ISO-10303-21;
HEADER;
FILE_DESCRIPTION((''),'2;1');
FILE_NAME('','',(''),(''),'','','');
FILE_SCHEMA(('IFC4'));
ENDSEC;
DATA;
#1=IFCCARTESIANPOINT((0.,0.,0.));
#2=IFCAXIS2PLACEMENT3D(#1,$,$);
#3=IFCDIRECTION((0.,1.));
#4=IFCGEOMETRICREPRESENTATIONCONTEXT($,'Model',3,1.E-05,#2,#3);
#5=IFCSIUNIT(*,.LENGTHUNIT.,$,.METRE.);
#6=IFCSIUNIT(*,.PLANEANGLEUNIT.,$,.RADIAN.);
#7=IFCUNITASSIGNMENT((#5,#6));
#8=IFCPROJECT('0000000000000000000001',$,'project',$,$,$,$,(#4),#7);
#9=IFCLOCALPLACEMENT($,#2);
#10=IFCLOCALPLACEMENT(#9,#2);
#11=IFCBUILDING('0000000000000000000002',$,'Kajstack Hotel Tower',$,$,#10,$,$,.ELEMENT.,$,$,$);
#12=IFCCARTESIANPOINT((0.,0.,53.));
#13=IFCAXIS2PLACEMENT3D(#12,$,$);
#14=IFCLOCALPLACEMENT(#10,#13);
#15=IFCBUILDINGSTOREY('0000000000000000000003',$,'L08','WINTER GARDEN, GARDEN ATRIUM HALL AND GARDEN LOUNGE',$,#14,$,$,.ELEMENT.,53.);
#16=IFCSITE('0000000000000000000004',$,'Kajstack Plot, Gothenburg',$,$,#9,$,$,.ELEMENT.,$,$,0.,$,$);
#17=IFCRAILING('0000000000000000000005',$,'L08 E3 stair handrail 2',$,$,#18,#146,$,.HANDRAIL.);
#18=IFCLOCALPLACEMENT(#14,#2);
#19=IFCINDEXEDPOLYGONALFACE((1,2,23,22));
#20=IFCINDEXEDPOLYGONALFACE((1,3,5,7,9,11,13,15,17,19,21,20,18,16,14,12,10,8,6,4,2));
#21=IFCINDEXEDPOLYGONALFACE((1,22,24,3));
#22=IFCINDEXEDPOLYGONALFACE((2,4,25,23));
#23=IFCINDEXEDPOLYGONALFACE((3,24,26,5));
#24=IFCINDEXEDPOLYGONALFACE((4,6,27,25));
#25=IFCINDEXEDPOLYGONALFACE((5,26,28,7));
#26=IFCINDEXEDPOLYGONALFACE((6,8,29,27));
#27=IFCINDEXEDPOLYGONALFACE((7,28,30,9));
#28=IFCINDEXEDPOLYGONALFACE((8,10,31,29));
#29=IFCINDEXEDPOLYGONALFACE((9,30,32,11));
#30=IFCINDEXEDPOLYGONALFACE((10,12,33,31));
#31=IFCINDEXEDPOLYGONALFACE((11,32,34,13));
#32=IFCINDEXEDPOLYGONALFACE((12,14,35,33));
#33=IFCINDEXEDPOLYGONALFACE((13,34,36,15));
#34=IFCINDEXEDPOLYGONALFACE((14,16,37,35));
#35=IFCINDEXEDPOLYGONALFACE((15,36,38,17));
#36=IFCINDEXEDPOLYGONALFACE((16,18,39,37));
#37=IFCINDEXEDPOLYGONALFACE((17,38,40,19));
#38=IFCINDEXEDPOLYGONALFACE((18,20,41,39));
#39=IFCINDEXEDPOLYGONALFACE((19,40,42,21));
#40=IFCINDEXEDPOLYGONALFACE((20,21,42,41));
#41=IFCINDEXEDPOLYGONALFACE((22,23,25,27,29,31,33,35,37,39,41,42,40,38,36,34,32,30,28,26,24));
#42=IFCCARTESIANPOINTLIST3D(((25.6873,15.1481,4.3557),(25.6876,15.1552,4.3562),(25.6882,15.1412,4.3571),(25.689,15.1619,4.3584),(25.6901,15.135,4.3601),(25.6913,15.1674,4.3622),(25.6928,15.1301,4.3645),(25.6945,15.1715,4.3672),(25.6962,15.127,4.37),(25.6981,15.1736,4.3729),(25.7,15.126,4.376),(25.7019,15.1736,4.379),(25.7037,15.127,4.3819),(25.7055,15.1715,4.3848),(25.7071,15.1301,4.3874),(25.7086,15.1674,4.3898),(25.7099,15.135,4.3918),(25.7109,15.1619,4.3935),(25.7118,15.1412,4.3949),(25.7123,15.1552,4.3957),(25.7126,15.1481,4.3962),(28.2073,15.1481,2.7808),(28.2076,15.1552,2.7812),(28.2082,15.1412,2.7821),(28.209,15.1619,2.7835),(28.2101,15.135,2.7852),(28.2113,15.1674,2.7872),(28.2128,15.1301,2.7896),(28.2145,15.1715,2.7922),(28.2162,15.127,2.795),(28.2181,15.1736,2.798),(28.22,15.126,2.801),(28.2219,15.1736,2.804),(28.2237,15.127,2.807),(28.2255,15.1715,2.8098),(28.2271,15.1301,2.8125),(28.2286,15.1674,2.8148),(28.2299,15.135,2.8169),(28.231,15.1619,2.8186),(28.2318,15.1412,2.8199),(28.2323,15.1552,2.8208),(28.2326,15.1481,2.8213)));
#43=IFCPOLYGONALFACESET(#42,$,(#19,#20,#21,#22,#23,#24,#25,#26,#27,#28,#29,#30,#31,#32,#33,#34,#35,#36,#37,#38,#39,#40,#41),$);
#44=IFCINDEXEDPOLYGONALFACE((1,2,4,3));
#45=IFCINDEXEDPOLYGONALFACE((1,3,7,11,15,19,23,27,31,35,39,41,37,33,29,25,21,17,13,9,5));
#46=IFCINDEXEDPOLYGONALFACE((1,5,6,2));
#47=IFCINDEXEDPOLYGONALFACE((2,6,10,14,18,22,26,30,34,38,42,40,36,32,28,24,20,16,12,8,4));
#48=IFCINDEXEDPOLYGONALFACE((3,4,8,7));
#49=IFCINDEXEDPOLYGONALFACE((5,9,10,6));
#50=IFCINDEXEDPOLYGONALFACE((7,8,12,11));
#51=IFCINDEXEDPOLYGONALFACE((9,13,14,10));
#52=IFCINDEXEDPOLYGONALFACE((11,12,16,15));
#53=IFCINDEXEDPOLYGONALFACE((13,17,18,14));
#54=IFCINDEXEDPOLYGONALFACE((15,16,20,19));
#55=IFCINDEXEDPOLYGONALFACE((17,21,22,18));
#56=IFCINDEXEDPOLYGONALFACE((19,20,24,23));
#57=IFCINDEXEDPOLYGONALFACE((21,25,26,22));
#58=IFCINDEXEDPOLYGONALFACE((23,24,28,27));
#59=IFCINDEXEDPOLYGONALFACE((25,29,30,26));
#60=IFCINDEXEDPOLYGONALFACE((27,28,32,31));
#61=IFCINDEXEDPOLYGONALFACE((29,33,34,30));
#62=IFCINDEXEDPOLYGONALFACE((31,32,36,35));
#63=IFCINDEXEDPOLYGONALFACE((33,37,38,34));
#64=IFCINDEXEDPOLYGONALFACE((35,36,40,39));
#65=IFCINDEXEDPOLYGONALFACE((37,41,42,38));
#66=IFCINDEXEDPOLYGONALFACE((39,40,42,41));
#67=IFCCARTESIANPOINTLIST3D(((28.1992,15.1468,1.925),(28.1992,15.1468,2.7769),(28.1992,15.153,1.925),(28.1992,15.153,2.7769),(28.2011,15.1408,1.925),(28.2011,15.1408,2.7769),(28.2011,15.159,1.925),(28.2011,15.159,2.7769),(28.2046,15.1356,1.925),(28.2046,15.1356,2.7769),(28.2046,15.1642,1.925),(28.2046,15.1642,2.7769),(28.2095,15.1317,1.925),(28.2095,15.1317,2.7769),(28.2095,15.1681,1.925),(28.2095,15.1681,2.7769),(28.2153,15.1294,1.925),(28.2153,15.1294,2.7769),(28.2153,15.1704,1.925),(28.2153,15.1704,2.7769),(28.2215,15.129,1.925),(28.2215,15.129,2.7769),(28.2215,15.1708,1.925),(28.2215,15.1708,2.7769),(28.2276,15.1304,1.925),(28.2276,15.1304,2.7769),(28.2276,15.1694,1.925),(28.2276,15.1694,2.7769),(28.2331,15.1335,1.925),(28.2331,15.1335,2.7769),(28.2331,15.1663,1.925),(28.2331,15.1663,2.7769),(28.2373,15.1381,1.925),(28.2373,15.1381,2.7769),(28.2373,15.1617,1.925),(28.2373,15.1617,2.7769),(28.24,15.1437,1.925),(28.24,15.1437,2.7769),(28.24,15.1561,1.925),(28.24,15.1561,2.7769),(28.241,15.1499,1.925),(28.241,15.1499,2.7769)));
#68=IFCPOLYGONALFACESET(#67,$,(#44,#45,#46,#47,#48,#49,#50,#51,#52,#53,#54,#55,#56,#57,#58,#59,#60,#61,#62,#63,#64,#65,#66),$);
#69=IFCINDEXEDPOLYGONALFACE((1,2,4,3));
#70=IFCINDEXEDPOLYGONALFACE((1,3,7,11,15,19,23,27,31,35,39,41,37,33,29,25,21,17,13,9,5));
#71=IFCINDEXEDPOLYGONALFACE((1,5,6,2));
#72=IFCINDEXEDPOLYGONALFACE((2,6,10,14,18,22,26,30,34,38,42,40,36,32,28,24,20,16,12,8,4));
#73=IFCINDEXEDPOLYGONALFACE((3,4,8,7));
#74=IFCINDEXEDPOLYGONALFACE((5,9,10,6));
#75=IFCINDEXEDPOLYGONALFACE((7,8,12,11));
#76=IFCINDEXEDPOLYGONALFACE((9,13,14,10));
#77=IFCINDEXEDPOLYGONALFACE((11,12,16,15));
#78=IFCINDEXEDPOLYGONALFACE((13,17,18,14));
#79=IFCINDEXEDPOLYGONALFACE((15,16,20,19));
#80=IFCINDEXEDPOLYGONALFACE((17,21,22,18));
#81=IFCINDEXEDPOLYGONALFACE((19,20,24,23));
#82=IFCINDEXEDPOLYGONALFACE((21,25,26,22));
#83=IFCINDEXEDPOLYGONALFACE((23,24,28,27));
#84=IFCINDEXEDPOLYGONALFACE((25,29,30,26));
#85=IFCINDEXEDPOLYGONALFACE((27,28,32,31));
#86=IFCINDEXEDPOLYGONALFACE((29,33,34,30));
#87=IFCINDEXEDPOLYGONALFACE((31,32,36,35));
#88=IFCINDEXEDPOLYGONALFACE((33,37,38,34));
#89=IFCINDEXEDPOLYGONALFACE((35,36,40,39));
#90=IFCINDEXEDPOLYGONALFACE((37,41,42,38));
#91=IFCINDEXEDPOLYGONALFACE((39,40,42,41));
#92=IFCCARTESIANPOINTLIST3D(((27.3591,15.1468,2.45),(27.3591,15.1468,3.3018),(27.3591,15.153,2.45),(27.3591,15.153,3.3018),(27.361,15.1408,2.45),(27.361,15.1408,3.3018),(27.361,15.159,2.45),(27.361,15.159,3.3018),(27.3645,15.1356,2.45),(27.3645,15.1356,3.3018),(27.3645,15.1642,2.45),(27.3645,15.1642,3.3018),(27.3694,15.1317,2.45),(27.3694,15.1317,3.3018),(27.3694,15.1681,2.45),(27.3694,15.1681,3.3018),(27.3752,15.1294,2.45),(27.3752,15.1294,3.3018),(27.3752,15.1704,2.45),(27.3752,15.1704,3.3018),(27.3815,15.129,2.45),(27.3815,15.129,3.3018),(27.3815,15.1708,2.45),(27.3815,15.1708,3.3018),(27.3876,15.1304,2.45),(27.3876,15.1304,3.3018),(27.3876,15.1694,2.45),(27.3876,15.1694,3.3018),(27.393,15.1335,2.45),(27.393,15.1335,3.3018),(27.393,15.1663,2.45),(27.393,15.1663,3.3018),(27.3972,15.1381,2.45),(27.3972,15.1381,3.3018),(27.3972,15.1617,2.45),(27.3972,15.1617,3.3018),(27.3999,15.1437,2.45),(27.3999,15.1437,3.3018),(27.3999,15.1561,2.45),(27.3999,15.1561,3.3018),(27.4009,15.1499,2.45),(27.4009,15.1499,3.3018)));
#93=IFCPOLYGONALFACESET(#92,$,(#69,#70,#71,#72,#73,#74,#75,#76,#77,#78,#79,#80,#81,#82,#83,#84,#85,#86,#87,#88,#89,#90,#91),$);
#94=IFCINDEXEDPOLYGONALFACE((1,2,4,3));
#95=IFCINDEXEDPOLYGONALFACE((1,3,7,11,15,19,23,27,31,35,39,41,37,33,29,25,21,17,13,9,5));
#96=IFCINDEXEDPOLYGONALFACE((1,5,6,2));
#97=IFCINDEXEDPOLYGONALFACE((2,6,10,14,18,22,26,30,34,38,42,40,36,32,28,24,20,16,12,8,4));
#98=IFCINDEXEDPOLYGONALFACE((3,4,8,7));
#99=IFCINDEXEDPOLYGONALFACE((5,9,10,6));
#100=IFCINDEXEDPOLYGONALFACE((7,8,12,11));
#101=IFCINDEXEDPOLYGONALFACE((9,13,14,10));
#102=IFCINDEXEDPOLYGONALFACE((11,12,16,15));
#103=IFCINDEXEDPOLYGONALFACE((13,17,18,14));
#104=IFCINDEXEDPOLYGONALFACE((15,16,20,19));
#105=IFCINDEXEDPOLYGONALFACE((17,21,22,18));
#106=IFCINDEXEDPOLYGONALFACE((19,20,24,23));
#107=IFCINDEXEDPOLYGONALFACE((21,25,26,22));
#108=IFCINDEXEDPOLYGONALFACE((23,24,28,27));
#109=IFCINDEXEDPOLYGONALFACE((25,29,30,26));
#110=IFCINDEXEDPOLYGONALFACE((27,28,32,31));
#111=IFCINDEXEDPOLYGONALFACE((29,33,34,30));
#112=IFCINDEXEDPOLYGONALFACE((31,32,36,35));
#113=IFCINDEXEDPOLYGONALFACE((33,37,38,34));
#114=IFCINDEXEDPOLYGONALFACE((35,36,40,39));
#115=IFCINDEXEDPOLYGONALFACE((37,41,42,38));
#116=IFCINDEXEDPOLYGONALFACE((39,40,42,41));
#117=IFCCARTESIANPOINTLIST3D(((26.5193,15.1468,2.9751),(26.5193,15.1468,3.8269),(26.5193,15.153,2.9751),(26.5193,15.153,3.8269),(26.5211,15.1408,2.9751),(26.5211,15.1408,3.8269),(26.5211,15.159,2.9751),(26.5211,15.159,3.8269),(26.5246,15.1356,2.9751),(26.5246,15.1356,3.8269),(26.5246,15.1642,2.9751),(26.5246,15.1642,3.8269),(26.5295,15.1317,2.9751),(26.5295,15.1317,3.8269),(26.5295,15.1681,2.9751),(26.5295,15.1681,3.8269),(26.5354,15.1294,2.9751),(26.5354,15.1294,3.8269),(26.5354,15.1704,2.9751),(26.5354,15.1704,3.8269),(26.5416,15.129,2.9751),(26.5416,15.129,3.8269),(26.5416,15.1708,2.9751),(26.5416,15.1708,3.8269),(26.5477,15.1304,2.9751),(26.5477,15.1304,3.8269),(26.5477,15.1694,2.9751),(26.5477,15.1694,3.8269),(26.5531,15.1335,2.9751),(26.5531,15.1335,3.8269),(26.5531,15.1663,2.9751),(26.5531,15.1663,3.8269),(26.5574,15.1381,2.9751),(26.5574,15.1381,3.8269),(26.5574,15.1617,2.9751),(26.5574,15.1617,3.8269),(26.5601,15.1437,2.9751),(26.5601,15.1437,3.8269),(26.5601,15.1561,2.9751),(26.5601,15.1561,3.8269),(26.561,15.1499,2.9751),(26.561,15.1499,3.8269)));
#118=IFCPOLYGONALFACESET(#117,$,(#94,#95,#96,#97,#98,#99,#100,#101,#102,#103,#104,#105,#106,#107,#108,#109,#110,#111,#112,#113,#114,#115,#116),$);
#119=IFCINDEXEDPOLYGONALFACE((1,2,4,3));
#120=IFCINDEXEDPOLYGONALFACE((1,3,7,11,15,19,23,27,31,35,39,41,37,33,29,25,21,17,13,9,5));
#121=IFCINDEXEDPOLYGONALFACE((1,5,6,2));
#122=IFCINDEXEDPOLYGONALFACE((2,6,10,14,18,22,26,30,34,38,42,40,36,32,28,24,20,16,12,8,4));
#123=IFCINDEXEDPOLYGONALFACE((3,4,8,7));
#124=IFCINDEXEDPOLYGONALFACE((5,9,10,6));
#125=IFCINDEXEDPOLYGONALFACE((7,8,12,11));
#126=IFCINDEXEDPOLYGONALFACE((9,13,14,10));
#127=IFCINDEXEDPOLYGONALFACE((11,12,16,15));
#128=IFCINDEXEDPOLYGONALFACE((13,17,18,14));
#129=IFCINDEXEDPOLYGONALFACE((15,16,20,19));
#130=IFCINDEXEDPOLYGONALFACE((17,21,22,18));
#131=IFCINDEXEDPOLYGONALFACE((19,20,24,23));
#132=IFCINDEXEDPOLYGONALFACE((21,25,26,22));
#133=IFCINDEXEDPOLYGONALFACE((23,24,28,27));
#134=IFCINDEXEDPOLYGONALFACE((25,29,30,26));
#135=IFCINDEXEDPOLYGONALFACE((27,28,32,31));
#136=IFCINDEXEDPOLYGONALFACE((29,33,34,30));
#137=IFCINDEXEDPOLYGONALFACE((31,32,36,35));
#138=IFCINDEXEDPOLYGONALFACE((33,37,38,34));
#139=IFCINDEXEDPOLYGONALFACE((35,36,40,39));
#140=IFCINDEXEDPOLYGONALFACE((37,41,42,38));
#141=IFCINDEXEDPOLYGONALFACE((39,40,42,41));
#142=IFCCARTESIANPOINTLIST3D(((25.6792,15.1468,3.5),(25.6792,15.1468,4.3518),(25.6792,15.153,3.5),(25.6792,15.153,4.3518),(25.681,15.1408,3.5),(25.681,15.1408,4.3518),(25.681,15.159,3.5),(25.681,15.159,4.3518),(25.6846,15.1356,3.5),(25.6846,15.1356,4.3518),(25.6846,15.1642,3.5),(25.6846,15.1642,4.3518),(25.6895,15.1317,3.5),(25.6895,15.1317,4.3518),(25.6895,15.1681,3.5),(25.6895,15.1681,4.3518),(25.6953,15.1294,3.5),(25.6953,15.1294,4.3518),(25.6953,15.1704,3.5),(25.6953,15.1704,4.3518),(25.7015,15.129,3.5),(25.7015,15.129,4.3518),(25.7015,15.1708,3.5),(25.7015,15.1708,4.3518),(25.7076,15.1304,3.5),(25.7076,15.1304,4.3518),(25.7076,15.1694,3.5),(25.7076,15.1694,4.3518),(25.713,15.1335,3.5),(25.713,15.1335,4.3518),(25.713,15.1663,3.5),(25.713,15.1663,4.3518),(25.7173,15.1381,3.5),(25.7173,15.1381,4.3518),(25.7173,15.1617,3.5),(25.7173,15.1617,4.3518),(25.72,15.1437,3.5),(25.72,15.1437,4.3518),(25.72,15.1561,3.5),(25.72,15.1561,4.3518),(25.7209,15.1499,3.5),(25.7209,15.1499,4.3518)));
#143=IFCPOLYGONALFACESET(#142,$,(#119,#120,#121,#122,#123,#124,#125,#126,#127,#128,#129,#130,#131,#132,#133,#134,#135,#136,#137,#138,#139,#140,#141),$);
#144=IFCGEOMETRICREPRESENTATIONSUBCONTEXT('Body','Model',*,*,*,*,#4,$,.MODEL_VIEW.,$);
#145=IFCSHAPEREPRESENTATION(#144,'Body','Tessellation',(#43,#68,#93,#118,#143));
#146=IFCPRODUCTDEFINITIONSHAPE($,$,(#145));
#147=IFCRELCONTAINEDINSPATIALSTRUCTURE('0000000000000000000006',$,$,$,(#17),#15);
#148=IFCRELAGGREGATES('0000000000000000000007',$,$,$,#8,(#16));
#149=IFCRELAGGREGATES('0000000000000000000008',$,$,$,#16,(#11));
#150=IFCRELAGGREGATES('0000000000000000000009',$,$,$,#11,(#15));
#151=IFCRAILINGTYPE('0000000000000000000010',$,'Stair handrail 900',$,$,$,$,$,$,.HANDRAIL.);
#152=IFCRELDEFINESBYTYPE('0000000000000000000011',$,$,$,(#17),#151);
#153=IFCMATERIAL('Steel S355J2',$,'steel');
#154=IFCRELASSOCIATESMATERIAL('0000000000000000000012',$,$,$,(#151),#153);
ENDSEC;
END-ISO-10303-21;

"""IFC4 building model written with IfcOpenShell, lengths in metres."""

from ifc_helpers import new_model, si_unit, direction, frame, origin, origin_2d, place, context, subcontext, project, spatial, circle, extrude, material, type_object, element, save


model = new_model("IFC4")

# Units and contexts
model_context = context("Model", 3, precision=1e-05, world=origin(), true_north=direction((0.0, 1.0)))
body_context = subcontext(model_context, "Body", "Model", "MODEL_VIEW")
ifc_project = project(units=[si_unit("LENGTHUNIT", "METRE"), si_unit("PLANEANGLEUNIT", "RADIAN")], contexts=[model_context])

# Site, building, storey
site_placement = place(None, origin())
site = spatial("IfcSite", under=ifc_project, at=site_placement, Name="Kajstack Plot, Gothenburg", CompositionType="ELEMENT", RefElevation=0.0)
building_placement = place(site_placement, origin())
building = spatial("IfcBuilding", under=site, at=building_placement, Name="Kajstack Hotel Tower", CompositionType="ELEMENT")
storey_placement = place(building_placement, frame((0.0, 0.0, 53.0)))
storey = spatial("IfcBuildingStorey", under=building, at=storey_placement, Name="L08", Description="WINTER GARDEN, GARDEN ATRIUM HALL AND GARDEN LOUNGE", CompositionType="ELEMENT", Elevation=53.0)

# Railing
ifc_material_1 = material(Name="Steel S355J2", Category="steel")
railing_type_1 = type_object("IfcRailingType", Name="Stair handrail 900", PredefinedType="HANDRAIL", material=ifc_material_1)
railing_1_placement = place(storey_placement, frame((28.22, 15.1499, 1.925)))
element("IfcRailing", 1, at=railing_1_placement, inside=storey, type_object=railing_type_1, Name="L08 E3 stair handrail 2", PredefinedType="HANDRAIL", context=body_context, shape_type="SweptSolid", body=[
    extrude(circle(Radius=0.0239, at=origin_2d()), frame((0.0, 0.0, 0.876), z_axis=(-0.848008, 0.0, 0.529984), x_axis=(0.0, -1.0, 0.0)), (0.0, 0.0, 1.0), 2.9717),
    extrude(circle(Radius=0.021, at=origin_2d()), origin(), (0.0, 0.0, 1.0), 0.8518),
    extrude(circle(Radius=0.021, at=origin_2d()), frame((-0.8401, 0.0, 0.5249)), (0.0, 0.0, 1.0), 0.8518),
    extrude(circle(Radius=0.021, at=origin_2d()), frame((-1.6799, 0.0, 1.05)), (0.0, 0.0, 1.0), 0.8518),
    extrude(circle(Radius=0.021, at=origin_2d()), frame((-2.52, 0.0, 1.575)), (0.0, 0.0, 1.0), 0.8518),
])

save(model, "model.ifc")
